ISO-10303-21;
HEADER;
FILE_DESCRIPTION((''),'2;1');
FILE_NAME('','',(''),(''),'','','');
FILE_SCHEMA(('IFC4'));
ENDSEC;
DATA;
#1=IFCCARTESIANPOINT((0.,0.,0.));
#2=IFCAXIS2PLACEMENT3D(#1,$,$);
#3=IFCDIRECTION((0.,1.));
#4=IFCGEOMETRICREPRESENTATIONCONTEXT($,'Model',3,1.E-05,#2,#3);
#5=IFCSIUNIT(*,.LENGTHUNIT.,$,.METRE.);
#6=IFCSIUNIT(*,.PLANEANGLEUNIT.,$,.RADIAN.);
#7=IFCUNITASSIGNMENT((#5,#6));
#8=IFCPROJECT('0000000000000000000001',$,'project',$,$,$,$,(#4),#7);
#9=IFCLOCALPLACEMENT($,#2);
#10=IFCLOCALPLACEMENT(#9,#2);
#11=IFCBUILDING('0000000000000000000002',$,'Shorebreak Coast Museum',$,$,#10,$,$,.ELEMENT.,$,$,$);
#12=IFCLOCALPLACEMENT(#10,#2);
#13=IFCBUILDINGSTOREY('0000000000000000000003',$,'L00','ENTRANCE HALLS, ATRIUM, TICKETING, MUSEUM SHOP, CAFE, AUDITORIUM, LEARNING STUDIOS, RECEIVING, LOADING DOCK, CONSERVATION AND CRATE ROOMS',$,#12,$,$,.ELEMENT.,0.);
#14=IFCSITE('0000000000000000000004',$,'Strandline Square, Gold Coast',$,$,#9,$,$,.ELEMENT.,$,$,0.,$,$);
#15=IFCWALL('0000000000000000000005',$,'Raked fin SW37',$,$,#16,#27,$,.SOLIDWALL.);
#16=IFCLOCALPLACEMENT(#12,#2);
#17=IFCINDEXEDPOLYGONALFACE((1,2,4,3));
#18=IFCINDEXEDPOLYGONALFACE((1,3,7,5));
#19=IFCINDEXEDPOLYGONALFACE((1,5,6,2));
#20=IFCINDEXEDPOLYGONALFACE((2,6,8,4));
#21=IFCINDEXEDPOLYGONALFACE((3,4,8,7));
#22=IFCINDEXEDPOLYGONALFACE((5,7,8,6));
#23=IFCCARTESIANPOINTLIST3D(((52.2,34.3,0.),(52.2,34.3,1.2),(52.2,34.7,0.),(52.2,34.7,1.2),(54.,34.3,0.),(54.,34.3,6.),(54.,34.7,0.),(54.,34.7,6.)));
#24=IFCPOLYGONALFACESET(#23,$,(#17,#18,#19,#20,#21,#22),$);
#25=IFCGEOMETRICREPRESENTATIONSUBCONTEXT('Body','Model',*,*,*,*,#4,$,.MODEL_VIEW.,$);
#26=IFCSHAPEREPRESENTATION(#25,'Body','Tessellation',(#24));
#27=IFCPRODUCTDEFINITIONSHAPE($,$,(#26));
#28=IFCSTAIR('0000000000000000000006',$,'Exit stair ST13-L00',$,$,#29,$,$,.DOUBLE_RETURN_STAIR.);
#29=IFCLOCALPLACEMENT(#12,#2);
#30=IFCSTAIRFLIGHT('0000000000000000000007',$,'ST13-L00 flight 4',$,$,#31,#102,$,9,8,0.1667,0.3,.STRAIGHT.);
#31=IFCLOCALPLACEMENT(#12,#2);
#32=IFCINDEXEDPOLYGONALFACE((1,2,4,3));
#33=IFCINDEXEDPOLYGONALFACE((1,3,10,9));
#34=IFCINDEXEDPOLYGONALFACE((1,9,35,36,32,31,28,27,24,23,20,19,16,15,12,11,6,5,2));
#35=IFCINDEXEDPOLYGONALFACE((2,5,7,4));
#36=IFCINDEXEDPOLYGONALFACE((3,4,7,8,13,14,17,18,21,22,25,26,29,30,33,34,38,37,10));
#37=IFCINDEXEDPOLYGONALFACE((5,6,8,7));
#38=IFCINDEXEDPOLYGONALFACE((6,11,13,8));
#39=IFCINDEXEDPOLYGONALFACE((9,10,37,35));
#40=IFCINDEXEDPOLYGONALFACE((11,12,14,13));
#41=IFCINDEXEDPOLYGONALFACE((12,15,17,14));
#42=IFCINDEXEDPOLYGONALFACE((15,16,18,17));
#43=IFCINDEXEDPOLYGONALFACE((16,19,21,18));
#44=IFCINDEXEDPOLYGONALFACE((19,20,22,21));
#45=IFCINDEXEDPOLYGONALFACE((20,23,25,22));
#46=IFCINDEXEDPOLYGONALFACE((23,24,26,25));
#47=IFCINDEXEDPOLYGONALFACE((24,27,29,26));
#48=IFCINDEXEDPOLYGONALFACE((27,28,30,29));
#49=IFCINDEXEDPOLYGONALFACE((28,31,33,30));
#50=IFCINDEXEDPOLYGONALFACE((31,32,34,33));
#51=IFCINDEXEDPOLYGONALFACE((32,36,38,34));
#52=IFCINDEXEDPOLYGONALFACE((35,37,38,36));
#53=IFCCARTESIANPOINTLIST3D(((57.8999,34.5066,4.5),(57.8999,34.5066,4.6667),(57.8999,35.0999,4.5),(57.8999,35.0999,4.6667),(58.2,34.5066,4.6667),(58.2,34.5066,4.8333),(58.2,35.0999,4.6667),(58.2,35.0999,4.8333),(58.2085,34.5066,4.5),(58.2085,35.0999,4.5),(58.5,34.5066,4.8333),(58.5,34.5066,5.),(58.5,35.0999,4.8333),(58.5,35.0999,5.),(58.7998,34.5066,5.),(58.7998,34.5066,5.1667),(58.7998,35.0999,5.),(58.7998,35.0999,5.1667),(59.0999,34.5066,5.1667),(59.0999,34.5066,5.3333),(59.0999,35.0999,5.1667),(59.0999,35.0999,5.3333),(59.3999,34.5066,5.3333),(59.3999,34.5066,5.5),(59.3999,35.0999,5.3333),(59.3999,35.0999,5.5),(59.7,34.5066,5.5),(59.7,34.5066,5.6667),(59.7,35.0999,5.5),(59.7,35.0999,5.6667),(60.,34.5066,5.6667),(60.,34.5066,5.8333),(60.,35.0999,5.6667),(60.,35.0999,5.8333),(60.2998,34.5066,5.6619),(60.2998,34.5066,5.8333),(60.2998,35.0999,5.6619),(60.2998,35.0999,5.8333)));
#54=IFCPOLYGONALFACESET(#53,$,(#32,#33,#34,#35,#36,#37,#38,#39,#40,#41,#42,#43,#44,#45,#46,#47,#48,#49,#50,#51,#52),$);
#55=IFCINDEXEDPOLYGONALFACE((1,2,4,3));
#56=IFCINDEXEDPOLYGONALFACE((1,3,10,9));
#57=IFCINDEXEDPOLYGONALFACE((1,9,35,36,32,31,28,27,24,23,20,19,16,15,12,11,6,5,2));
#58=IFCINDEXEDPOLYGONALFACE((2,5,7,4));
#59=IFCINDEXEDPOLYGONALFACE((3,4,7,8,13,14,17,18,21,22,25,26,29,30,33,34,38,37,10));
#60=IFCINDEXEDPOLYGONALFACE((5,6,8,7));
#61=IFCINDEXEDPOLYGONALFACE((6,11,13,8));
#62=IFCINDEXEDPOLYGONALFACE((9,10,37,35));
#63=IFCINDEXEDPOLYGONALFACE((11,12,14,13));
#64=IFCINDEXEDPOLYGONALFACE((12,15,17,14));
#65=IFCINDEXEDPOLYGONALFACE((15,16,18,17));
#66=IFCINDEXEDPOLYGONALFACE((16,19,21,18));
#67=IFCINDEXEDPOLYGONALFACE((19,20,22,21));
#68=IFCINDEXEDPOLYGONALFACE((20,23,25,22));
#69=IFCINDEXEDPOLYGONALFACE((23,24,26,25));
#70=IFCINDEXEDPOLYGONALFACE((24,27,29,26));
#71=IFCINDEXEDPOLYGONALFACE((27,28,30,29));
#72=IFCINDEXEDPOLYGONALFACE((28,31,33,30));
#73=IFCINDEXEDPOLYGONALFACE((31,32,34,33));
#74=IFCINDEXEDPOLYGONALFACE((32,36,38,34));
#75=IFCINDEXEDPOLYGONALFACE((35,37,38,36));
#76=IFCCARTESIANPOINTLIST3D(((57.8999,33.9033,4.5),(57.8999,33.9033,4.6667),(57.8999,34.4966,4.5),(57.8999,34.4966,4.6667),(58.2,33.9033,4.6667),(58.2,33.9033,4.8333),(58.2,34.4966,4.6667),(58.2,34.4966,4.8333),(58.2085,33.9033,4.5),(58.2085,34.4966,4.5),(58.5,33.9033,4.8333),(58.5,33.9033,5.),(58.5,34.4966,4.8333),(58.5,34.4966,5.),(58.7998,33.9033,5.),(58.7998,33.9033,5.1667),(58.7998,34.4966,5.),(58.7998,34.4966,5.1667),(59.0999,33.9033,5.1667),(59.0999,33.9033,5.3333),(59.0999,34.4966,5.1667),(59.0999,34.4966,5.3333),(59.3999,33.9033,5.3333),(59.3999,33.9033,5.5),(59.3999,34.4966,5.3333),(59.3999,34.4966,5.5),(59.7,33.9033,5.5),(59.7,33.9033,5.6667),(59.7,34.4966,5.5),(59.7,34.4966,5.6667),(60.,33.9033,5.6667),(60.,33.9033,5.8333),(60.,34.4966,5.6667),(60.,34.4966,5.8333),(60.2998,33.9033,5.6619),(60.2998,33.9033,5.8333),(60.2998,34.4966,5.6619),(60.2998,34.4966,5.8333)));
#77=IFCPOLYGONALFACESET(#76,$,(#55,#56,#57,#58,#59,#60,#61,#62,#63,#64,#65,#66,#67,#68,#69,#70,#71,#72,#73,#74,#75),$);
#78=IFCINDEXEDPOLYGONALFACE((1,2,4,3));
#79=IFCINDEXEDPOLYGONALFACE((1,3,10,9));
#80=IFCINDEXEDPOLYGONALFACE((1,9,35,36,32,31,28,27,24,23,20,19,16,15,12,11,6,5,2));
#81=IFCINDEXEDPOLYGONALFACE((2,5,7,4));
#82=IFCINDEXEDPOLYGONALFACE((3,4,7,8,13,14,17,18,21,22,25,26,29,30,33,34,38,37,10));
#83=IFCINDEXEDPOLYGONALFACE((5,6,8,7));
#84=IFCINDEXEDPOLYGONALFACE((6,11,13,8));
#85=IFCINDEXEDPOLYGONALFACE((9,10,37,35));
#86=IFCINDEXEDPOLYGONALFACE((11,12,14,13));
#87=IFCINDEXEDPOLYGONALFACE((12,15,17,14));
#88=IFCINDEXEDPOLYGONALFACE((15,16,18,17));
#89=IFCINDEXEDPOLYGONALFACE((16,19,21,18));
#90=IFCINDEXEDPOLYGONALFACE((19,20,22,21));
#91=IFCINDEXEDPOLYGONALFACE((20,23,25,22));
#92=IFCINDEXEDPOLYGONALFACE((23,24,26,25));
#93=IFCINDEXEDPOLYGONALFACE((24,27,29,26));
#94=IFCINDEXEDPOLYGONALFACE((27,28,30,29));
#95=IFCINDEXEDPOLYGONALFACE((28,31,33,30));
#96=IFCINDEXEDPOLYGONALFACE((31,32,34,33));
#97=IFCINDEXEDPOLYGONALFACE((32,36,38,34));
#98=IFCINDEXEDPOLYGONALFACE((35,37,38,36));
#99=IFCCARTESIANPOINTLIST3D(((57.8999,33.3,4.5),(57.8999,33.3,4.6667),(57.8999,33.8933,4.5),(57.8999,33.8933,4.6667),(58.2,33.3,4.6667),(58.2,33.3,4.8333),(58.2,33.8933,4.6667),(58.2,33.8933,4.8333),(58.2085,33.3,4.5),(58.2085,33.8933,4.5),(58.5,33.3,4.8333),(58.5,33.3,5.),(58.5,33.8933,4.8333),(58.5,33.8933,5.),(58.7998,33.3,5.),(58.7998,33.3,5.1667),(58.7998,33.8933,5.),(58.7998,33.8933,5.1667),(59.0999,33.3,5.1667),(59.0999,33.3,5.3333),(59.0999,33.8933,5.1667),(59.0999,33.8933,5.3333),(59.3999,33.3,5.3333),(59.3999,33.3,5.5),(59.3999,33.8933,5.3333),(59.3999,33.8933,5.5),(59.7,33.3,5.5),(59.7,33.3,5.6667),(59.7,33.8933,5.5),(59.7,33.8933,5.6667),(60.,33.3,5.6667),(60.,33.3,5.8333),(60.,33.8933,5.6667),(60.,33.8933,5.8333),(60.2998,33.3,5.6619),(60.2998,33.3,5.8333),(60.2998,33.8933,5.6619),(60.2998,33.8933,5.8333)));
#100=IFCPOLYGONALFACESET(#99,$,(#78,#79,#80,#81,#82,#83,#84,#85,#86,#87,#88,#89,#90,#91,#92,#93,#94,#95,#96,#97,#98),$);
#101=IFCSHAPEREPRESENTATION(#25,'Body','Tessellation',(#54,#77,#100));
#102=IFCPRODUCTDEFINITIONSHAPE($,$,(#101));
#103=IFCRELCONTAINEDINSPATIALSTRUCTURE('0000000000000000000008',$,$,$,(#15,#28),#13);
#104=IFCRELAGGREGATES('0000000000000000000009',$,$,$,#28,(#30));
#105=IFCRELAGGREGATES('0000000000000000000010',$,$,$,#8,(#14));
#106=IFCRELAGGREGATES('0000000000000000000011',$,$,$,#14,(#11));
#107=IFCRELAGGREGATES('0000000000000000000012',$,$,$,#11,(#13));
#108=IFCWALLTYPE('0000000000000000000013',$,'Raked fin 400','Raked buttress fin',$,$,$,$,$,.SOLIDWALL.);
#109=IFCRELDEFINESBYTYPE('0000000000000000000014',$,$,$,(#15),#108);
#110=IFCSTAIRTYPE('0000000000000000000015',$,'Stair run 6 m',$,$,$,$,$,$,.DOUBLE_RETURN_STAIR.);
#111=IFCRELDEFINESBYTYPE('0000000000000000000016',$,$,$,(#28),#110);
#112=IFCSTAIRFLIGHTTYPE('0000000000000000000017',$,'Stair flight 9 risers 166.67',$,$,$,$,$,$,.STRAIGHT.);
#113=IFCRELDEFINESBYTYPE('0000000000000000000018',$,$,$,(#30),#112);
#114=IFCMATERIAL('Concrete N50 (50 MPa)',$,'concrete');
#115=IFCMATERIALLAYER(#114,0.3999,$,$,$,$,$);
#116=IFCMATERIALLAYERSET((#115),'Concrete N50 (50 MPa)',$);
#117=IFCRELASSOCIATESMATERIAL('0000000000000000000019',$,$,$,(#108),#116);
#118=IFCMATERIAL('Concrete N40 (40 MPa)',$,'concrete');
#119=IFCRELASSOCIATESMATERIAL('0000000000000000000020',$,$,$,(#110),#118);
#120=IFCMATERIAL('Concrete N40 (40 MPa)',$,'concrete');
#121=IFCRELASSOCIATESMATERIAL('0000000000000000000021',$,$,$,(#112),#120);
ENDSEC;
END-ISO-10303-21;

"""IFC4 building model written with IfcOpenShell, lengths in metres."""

from ifc_helpers import new_model, si_unit, direction, frame, origin, place, context, subcontext, project, spatial, polyline, outline, extrude, material, layer, layer_set, type_object, element, aggregate, save


model = new_model("IFC4")

# Units and contexts
model_context = context("Model", 3, precision=1e-05, world=origin(), true_north=direction((0.0, 1.0)))
body_context = subcontext(model_context, "Body", "Model", "MODEL_VIEW")
ifc_project = project(units=[si_unit("LENGTHUNIT", "METRE"), si_unit("PLANEANGLEUNIT", "RADIAN")], contexts=[model_context])

# Site, building, storey
site_placement = place(None, origin())
site = spatial("IfcSite", under=ifc_project, at=site_placement, Name="Strandline Square, Gold Coast", CompositionType="ELEMENT", RefElevation=0.0)
building_placement = place(site_placement, origin())
building = spatial("IfcBuilding", under=site, at=building_placement, Name="Shorebreak Coast Museum", CompositionType="ELEMENT")
storey_placement = place(building_placement, origin())
storey = spatial("IfcBuildingStorey", under=building, at=storey_placement, Name="L00", Description="ENTRANCE HALLS, ATRIUM, TICKETING, MUSEUM SHOP, CAFE, AUDITORIUM, LEARNING STUDIOS, RECEIVING, LOADING DOCK, CONSERVATION AND CRATE ROOMS", CompositionType="ELEMENT", Elevation=0.0)

# Wall
ifc_material_1 = material(Name="Concrete N50 (50 MPa)", Category="concrete")
ifc_layer_1 = layer(ifc_material_1, 0.3999)
ifc_layer_set_1 = layer_set([ifc_layer_1], Name="Concrete N50 (50 MPa)")
wall_type_1 = type_object("IfcWallType", Name="Raked fin 400", Description="Raked buttress fin", PredefinedType="SOLIDWALL", material=ifc_layer_set_1)
wall_1_placement = place(storey_placement, frame((54.0, 34.5, 0.0), z_axis=(0.0, 0.0, 1.0), x_axis=(-1.0, 0.0, 0.0)))
element("IfcWall", 1, at=wall_1_placement, inside=storey, type_object=wall_type_1, Name="Raked fin SW37", PredefinedType="SOLIDWALL", context=body_context, shape_type="SweptSolid", body=[
    extrude(outline(polyline([(0.0, 0.0), (1.8, 0.0), (1.8, 1.2), (0.0, 6.0), (0.0, 0.0)])), frame((0.0, 0.2, 0.0), z_axis=(0.0, -1.0, 0.0), x_axis=(1.0, 0.0, 0.0)), (0.0, 0.0, 1.0), 0.3999),
])

# Stair, stair flight
ifc_material_2 = material(Name="Concrete N40 (40 MPa)", Category="concrete")
stair_type = type_object("IfcStairType", Name="Stair run 6 m", PredefinedType="DOUBLE_RETURN_STAIR", material=ifc_material_2)
stair_placement = place(storey_placement, origin())
stair = element("IfcStair", 2, at=stair_placement, inside=storey, type_object=stair_type, Name="Exit stair ST13-L00", PredefinedType="DOUBLE_RETURN_STAIR")
ifc_material_3 = material(Name="Concrete N40 (40 MPa)", Category="concrete")
stair_flight_type = type_object("IfcStairFlightType", Name="Stair flight 9 risers 166.67", PredefinedType="STRAIGHT", material=ifc_material_3)
stair_flight_placement = place(storey_placement, frame((57.8999, 34.2, 4.5), z_axis=(0.0, 0.0, 1.0), x_axis=(1.0, 0.0, 0.0)))
stair_flight = element("IfcStairFlight", 3, at=stair_flight_placement, type_object=stair_flight_type, Name="ST13-L00 flight 4", NumberOfRisers=9, NumberOfTreads=8, PredefinedType="STRAIGHT", RiserHeight=0.1667, TreadLength=0.3, context=body_context, shape_type="SweptSolid", body=[
    extrude(outline(polyline([(0.0, 0.0), (0.0, 0.1667), (0.3, 0.1667), (0.3, 0.3333), (0.6001, 0.3333), (0.6001, 0.5), (0.8999, 0.5), (0.8999, 0.6667), (1.2, 0.6667), (1.2, 0.8333), (1.5, 0.8333), (1.5, 1.0), (1.8, 1.0), (1.8, 1.1667), (2.1001, 1.1667), (2.1001, 1.3333), (2.3999, 1.3333), (2.3999, 1.5), (2.3999, 1.1619), (0.3086, 0.0), (0.0, 0.0)])), frame((0.0, 0.8999, 0.0), z_axis=(0.0, -1.0, 0.0), x_axis=(1.0, 0.0, 0.0)), (0.0, 0.0, 1.0), 0.5933),
    extrude(outline(polyline([(0.0, 0.0), (0.0, 0.1667), (0.3, 0.1667), (0.3, 0.3333), (0.6001, 0.3333), (0.6001, 0.5), (0.8999, 0.5), (0.8999, 0.6667), (1.2, 0.6667), (1.2, 0.8333), (1.5, 0.8333), (1.5, 1.0), (1.8, 1.0), (1.8, 1.1667), (2.1001, 1.1667), (2.1001, 1.3333), (2.3999, 1.3333), (2.3999, 1.5), (2.3999, 1.1619), (0.3086, 0.0), (0.0, 0.0)])), frame((0.0, 0.2966, 0.0), z_axis=(0.0, -1.0, 0.0), x_axis=(1.0, 0.0, 0.0)), (0.0, 0.0, 1.0), 0.5933),
    extrude(outline(polyline([(0.0, 0.0), (0.0, 0.1667), (0.3, 0.1667), (0.3, 0.3333), (0.6001, 0.3333), (0.6001, 0.5), (0.8999, 0.5), (0.8999, 0.6667), (1.2, 0.6667), (1.2, 0.8333), (1.5, 0.8333), (1.5, 1.0), (1.8, 1.0), (1.8, 1.1667), (2.1001, 1.1667), (2.1001, 1.3333), (2.3999, 1.3333), (2.3999, 1.5), (2.3999, 1.1619), (0.3086, 0.0), (0.0, 0.0)])), frame((0.0, -0.3066, 0.0), z_axis=(0.0, -1.0, 0.0), x_axis=(1.0, 0.0, 0.0)), (0.0, 0.0, 1.0), 0.5933),
])
aggregate(stair, [stair_flight])

save(model, "model.ifc")
